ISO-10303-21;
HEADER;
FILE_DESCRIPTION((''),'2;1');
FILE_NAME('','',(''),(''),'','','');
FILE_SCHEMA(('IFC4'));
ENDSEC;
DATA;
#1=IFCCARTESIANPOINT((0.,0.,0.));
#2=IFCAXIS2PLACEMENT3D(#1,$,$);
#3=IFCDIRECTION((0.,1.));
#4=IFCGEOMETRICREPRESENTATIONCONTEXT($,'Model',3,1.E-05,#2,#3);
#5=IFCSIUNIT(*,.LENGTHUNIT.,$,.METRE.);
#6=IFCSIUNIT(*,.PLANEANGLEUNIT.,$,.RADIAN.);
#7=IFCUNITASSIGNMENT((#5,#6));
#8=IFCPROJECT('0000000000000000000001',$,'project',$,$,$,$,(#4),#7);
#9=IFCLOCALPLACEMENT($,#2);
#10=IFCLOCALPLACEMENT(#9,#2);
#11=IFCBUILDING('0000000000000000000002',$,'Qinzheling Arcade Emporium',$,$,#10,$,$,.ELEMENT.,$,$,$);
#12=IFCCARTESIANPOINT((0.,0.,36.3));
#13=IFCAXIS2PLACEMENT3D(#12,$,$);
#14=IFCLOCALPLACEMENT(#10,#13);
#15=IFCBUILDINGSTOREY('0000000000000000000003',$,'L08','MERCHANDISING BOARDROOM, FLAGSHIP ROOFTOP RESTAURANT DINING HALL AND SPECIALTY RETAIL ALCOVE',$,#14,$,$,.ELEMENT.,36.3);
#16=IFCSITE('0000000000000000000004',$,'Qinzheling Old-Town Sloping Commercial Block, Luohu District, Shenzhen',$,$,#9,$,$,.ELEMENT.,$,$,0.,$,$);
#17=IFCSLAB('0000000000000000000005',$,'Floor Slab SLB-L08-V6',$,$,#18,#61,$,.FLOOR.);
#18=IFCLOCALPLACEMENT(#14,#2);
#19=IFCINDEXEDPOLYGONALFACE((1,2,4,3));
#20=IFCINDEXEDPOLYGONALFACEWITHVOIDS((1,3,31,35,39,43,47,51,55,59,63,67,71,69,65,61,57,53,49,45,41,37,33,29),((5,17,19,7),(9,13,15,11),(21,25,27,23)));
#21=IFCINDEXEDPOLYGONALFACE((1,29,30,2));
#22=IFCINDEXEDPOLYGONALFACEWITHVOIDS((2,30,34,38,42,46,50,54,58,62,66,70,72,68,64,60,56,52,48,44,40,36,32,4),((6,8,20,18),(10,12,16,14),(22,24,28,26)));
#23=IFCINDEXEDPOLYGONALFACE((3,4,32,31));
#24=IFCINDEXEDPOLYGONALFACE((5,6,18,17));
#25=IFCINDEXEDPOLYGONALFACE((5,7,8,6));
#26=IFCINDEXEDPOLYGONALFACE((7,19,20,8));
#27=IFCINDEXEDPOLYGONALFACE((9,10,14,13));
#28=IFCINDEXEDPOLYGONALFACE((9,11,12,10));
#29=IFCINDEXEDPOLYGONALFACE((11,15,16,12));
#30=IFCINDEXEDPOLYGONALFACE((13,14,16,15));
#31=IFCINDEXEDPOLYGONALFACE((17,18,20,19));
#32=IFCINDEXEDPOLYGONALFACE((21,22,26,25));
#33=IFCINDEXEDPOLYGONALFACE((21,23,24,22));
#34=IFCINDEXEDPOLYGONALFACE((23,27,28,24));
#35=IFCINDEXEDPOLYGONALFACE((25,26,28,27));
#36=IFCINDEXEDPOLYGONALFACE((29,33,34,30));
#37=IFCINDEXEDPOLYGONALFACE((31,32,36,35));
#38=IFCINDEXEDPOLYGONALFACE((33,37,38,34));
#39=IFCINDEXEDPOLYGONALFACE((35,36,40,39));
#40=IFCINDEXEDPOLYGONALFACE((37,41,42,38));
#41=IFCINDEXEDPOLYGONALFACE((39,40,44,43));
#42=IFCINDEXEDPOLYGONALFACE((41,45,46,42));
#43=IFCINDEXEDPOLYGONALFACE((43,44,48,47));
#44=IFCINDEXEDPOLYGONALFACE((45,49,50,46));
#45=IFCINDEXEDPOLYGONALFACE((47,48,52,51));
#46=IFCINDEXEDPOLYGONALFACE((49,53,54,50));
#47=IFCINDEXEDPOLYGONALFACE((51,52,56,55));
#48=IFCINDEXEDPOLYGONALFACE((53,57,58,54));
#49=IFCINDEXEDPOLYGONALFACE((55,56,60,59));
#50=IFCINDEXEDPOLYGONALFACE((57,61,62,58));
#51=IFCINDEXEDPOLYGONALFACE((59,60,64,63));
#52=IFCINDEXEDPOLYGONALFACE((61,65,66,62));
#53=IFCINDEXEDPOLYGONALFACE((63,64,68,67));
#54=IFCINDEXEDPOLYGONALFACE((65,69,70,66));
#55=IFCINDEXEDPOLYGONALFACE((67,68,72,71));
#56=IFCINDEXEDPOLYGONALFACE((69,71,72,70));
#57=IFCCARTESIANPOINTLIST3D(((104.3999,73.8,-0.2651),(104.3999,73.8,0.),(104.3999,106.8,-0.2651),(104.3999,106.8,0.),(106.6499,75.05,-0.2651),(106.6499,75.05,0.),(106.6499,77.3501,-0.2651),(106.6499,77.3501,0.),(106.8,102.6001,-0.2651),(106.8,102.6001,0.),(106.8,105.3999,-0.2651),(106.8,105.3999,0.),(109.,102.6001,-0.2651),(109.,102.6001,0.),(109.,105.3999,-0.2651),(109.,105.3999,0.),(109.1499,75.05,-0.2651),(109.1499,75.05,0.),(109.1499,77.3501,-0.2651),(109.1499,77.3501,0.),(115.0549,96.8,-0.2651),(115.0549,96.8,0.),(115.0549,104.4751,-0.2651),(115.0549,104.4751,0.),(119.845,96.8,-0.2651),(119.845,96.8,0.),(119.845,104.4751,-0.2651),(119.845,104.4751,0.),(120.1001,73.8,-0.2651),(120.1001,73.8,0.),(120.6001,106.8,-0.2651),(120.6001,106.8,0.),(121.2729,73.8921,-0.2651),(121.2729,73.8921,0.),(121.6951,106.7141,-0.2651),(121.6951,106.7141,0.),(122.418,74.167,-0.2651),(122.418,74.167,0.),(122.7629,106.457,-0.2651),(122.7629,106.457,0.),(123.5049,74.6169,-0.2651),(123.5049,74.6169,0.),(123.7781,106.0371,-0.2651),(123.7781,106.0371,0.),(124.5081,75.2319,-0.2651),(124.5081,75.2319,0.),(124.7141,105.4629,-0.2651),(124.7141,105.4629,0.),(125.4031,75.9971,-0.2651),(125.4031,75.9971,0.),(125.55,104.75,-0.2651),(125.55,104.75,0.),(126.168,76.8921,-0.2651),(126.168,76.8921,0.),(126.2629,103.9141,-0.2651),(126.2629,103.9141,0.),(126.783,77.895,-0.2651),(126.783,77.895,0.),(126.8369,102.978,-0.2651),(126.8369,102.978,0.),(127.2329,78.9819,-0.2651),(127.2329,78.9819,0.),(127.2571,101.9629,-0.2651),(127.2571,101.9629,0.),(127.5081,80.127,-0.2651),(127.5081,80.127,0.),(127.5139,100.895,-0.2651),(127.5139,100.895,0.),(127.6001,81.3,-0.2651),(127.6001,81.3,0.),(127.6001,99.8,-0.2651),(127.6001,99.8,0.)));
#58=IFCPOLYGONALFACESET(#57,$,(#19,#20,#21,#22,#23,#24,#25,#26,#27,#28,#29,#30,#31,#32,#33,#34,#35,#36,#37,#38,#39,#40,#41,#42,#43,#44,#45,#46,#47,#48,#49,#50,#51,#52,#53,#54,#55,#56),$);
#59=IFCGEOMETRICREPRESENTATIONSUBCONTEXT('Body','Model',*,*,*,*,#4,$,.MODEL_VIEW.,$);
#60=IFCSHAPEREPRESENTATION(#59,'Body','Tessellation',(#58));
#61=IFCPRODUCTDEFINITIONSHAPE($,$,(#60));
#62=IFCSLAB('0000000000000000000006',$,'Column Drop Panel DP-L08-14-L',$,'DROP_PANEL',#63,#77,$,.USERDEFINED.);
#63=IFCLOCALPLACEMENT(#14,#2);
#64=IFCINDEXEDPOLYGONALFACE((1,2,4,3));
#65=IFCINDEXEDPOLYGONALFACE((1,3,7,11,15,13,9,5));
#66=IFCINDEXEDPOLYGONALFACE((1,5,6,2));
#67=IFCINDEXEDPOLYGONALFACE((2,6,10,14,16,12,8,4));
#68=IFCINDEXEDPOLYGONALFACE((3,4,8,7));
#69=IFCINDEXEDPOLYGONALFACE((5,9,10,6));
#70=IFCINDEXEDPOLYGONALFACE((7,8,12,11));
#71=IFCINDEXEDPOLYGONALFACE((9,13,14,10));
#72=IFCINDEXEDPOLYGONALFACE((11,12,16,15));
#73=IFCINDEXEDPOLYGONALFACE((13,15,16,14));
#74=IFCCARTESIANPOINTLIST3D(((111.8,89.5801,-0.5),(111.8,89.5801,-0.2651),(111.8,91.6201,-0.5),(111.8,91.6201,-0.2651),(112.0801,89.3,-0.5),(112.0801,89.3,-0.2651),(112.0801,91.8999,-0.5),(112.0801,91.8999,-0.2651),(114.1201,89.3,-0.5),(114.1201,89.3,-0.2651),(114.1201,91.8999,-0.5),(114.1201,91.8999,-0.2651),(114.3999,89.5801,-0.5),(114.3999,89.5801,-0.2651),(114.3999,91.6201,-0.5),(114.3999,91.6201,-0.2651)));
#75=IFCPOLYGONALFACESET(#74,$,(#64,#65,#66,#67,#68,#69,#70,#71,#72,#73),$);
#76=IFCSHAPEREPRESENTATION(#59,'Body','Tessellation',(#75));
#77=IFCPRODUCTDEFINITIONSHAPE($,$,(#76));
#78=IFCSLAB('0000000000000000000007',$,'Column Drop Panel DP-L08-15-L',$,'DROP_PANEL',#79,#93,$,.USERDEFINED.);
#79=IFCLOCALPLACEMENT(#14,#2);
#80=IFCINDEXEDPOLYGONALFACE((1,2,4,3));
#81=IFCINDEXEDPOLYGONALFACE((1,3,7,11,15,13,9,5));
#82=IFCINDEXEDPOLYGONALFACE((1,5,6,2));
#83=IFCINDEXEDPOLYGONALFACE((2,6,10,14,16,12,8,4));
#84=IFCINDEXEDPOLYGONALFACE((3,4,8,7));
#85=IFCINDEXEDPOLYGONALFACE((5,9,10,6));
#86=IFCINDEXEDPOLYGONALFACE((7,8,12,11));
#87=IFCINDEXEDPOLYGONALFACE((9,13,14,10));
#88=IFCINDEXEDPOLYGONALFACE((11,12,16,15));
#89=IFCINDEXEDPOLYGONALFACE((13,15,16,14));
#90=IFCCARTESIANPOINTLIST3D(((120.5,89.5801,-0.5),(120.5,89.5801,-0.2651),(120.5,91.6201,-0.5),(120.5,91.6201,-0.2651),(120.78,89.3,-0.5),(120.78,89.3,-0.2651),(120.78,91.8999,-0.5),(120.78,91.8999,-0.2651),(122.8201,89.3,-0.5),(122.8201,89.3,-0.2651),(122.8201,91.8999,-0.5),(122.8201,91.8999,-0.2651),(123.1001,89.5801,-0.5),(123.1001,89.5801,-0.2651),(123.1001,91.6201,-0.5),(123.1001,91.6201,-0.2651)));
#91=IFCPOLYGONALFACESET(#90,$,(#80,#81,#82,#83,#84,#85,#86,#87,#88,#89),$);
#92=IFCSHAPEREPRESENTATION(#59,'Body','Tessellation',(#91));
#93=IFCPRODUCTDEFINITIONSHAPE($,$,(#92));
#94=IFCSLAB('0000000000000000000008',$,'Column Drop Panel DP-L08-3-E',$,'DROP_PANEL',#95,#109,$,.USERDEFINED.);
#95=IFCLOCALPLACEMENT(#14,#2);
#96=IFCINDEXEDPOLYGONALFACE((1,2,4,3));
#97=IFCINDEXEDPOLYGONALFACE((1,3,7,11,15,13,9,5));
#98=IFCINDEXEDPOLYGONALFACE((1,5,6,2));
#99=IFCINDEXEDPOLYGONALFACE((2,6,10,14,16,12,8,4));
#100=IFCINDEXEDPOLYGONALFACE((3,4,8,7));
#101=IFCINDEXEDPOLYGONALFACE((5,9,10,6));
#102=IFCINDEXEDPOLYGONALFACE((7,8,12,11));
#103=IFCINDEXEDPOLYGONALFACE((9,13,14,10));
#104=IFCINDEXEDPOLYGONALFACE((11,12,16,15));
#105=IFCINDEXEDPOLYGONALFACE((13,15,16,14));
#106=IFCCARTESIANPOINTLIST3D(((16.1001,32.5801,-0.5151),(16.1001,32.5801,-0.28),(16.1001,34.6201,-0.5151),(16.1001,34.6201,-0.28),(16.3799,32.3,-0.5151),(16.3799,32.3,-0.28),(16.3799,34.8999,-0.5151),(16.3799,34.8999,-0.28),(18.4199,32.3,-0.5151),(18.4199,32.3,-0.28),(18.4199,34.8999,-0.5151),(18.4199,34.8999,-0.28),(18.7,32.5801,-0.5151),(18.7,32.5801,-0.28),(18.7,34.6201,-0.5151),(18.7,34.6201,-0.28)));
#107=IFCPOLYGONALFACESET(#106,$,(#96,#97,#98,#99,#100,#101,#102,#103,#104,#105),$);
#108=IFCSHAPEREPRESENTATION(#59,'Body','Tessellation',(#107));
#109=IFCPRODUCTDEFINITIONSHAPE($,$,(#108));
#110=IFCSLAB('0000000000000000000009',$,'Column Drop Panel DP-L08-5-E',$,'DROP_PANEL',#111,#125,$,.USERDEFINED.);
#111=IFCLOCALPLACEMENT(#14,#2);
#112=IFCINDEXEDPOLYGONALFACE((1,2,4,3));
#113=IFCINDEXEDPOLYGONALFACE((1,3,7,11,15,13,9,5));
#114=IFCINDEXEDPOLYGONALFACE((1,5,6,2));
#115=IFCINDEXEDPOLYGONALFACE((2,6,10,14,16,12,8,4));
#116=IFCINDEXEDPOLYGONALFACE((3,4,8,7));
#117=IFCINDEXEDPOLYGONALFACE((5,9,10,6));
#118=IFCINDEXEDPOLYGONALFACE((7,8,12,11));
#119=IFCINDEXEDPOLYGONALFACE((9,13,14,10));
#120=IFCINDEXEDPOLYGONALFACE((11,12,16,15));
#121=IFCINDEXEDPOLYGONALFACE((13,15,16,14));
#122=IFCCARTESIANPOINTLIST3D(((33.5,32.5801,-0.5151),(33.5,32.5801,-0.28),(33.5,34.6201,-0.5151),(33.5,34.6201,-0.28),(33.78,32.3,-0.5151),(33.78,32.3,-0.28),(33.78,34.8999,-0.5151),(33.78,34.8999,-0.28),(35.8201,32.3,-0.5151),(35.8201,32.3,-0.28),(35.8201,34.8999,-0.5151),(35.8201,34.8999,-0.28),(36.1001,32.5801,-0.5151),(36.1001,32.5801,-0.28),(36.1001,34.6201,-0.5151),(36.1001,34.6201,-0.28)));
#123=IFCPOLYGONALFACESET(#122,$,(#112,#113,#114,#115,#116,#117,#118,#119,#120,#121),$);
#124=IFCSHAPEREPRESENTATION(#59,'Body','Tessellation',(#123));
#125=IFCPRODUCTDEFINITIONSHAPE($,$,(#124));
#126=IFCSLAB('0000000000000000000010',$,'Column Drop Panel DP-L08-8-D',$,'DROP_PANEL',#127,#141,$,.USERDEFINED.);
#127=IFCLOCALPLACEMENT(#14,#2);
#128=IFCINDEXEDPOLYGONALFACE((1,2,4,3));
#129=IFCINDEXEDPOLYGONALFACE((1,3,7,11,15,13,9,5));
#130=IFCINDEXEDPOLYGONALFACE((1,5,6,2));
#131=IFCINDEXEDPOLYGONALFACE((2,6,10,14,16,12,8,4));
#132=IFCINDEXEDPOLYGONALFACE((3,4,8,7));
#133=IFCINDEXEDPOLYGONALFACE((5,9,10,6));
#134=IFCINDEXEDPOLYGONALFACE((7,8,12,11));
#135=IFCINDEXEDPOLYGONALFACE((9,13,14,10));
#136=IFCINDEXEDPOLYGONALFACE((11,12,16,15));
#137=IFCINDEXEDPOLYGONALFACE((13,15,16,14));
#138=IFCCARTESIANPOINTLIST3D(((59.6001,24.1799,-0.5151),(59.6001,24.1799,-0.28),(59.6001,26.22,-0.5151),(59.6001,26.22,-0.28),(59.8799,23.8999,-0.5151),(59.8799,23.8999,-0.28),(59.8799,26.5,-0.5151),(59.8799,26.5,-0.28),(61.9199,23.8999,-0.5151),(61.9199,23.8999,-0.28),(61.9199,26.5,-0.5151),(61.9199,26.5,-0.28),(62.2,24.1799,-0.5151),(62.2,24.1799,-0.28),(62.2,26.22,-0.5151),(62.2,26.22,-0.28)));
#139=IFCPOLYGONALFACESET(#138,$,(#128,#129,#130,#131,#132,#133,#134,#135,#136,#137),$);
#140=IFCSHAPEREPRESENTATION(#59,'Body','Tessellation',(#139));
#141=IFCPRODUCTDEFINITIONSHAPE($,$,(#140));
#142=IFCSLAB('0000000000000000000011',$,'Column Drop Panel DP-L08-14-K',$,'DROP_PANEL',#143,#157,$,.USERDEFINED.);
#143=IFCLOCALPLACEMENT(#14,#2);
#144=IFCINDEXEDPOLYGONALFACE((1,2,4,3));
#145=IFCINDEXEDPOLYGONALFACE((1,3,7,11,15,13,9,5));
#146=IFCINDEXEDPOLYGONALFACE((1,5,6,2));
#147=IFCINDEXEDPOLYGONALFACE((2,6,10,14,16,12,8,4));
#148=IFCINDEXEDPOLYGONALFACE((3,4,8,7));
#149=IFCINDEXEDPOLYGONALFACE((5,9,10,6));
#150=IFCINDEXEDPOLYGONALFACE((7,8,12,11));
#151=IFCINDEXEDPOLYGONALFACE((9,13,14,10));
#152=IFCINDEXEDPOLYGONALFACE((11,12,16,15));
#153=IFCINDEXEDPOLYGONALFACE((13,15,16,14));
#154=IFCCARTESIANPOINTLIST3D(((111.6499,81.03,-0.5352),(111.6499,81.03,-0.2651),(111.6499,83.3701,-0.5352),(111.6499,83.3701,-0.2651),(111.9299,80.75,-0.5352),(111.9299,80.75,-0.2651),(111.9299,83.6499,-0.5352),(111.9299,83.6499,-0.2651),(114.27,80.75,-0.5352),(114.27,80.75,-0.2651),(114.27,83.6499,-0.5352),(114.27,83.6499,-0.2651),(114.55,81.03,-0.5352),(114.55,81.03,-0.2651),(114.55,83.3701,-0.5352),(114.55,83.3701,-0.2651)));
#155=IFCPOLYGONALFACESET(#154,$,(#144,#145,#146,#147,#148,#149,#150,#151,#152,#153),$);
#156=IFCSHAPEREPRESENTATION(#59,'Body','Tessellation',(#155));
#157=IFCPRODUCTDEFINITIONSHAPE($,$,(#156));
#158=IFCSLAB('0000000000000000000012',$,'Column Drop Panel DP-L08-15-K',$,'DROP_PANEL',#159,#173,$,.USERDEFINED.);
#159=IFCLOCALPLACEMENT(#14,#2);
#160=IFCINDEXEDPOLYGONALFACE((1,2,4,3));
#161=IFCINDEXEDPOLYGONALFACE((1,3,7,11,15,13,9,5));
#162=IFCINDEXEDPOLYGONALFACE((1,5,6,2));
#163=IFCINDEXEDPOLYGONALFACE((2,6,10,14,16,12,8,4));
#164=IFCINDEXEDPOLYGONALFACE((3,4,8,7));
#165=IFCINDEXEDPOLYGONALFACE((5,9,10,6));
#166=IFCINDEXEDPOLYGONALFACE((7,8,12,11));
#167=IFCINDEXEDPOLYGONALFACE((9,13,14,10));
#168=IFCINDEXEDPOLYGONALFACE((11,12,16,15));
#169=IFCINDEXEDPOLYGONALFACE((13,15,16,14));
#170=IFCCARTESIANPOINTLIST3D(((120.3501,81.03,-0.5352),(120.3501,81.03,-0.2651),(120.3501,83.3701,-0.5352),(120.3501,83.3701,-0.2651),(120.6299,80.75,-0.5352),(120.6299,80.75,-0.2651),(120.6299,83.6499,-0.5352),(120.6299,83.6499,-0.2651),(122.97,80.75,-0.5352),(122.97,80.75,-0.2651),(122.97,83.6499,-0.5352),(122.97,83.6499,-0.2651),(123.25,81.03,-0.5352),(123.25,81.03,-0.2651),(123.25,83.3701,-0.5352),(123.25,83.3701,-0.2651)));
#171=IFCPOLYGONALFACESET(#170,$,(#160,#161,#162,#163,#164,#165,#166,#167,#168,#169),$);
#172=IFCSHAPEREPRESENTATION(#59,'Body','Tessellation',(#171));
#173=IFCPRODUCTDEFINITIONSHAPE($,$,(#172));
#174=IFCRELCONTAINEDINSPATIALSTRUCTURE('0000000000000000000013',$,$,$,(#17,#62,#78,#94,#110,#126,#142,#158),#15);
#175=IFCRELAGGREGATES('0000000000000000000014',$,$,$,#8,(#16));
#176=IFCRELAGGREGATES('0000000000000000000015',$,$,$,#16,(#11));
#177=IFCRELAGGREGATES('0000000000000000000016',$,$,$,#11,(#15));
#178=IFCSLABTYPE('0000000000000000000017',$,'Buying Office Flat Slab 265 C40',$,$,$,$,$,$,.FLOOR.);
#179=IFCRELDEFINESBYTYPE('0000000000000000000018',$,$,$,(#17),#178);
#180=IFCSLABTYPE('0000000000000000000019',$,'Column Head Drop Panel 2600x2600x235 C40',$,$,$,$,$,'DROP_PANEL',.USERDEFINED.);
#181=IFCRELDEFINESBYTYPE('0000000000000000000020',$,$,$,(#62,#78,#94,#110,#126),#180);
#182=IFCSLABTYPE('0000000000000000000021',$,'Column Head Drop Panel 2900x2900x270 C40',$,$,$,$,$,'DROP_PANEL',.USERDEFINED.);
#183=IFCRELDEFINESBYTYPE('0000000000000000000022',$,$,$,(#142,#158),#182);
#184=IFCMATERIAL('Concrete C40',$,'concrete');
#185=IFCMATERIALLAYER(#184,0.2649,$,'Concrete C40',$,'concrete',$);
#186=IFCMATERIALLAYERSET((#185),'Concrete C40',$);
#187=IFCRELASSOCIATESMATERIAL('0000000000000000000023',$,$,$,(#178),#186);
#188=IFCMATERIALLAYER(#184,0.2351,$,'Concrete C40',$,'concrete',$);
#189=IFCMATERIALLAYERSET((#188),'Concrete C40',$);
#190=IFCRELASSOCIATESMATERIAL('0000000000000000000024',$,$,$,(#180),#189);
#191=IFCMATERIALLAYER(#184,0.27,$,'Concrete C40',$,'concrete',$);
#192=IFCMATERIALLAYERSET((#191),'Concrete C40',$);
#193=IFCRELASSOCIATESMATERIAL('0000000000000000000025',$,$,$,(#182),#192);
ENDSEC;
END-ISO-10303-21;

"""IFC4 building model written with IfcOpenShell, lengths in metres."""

from ifc_helpers import new_model, si_unit, direction, frame, origin, place, context, subcontext, project, spatial, polyline, outline, extrude, material, layer, layer_set, type_object, element, save


model = new_model("IFC4")

# Units and contexts
model_context = context("Model", 3, precision=1e-05, world=origin(), true_north=direction((0.0, 1.0)))
body_context = subcontext(model_context, "Body", "Model", "MODEL_VIEW")
ifc_project = project(units=[si_unit("LENGTHUNIT", "METRE"), si_unit("PLANEANGLEUNIT", "RADIAN")], contexts=[model_context])

# Site, building, storey
site_placement = place(None, origin())
site = spatial("IfcSite", under=ifc_project, at=site_placement, Name="Qinzheling Old-Town Sloping Commercial Block, Luohu District, Shenzhen", CompositionType="ELEMENT", RefElevation=0.0)
building_placement = place(site_placement, origin())
building = spatial("IfcBuilding", under=site, at=building_placement, Name="Qinzheling Arcade Emporium", CompositionType="ELEMENT")
storey_placement = place(building_placement, frame((0.0, 0.0, 36.3)))
storey = spatial("IfcBuildingStorey", under=building, at=storey_placement, Name="L08", Description="MERCHANDISING BOARDROOM, FLAGSHIP ROOFTOP RESTAURANT DINING HALL AND SPECIALTY RETAIL ALCOVE", CompositionType="ELEMENT", Elevation=36.3)

# Slabs
ifc_material_1 = material(Name="Concrete C40", Category="concrete")
ifc_layer_1 = layer(ifc_material_1, 0.2649, Name="Concrete C40", Category="concrete")
ifc_layer_set_1 = layer_set([ifc_layer_1], Name="Concrete C40")
slab_type_1 = type_object("IfcSlabType", Name="Buying Office Flat Slab 265 C40", PredefinedType="FLOOR", material=ifc_layer_set_1)
slab_1_placement = place(storey_placement, frame((0.0, 0.0, -0.2651)))
element("IfcSlab", 1, at=slab_1_placement, inside=storey, type_object=slab_type_1, Name="Floor Slab SLB-L08-V6", PredefinedType="FLOOR", context=body_context, shape_type="SweptSolid", body=[
    extrude(outline(polyline([(104.3999, 106.8), (104.3999, 73.8), (120.1001, 73.8), (121.2729, 73.8921), (122.418, 74.167), (123.5049, 74.6169), (124.5081, 75.2319), (125.4031, 75.9971), (126.168, 76.8921), (126.783, 77.895), (127.2329, 78.9819), (127.5081, 80.127), (127.6001, 81.3), (127.6001, 99.8), (127.5139, 100.895), (127.2571, 101.9629), (126.8369, 102.978), (126.2629, 103.9141), (125.55, 104.75), (124.7141, 105.4629), (123.7781, 106.0371), (122.7629, 106.457), (121.6951, 106.7141), (120.6001, 106.8), (104.3999, 106.8)]), holes=[polyline([(119.845, 96.8), (115.0549, 96.8), (115.0549, 104.4751), (119.845, 104.4751), (119.845, 96.8)]), polyline([(109.1499, 77.3501), (109.1499, 75.05), (106.6499, 75.05), (106.6499, 77.3501), (109.1499, 77.3501)]), polyline([(109.0, 102.6001), (106.8, 102.6001), (106.8, 105.3999), (109.0, 105.3999), (109.0, 102.6001)])]), origin(), (0.0, 0.0, 1.0), 0.2651),
])
ifc_layer_2 = layer(ifc_material_1, 0.2351, Name="Concrete C40", Category="concrete")
ifc_layer_set_2 = layer_set([ifc_layer_2], Name="Concrete C40")
slab_type_2 = type_object("IfcSlabType", Name="Column Head Drop Panel 2600x2600x235 C40", ElementType="DROP_PANEL", PredefinedType="USERDEFINED", material=ifc_layer_set_2)
slab_2_placement = place(storey_placement, frame((0.0, 0.0, -0.5)))
element("IfcSlab", 2, at=slab_2_placement, inside=storey, type_object=slab_type_2, Name="Column Drop Panel DP-L08-14-L", ObjectType="DROP_PANEL", PredefinedType="USERDEFINED", context=body_context, shape_type="SweptSolid", body=[
    extrude(outline(polyline([(112.0801, 89.3), (114.1201, 89.3), (114.3999, 89.5801), (114.3999, 91.6201), (114.1201, 91.8999), (112.0801, 91.8999), (111.8, 91.6201), (111.8, 89.5801), (112.0801, 89.3)])), origin(), (0.0, 0.0, 1.0), 0.2349),
])
slab_3_placement = place(storey_placement, frame((0.0, 0.0, -0.5)))
element("IfcSlab", 3, at=slab_3_placement, inside=storey, type_object=slab_type_2, Name="Column Drop Panel DP-L08-15-L", ObjectType="DROP_PANEL", PredefinedType="USERDEFINED", context=body_context, shape_type="SweptSolid", body=[
    extrude(outline(polyline([(120.78, 89.3), (122.8201, 89.3), (123.1001, 89.5801), (123.1001, 91.6201), (122.8201, 91.8999), (120.78, 91.8999), (120.5, 91.6201), (120.5, 89.5801), (120.78, 89.3)])), origin(), (0.0, 0.0, 1.0), 0.2349),
])
slab_4_placement = place(storey_placement, frame((0.0, 0.0, -0.5151)))
element("IfcSlab", 4, at=slab_4_placement, inside=storey, type_object=slab_type_2, Name="Column Drop Panel DP-L08-3-E", ObjectType="DROP_PANEL", PredefinedType="USERDEFINED", context=body_context, shape_type="SweptSolid", body=[
    extrude(outline(polyline([(16.3799, 32.3), (18.4199, 32.3), (18.7, 32.5801), (18.7, 34.6201), (18.4199, 34.8999), (16.3799, 34.8999), (16.1001, 34.6201), (16.1001, 32.5801), (16.3799, 32.3)])), origin(), (0.0, 0.0, 1.0), 0.2351),
])
slab_5_placement = place(storey_placement, frame((0.0, 0.0, -0.5151)))
element("IfcSlab", 5, at=slab_5_placement, inside=storey, type_object=slab_type_2, Name="Column Drop Panel DP-L08-5-E", ObjectType="DROP_PANEL", PredefinedType="USERDEFINED", context=body_context, shape_type="SweptSolid", body=[
    extrude(outline(polyline([(33.78, 32.3), (35.8201, 32.3), (36.1001, 32.5801), (36.1001, 34.6201), (35.8201, 34.8999), (33.78, 34.8999), (33.5, 34.6201), (33.5, 32.5801), (33.78, 32.3)])), origin(), (0.0, 0.0, 1.0), 0.2351),
])
slab_6_placement = place(storey_placement, frame((0.0, 0.0, -0.5151)))
element("IfcSlab", 6, at=slab_6_placement, inside=storey, type_object=slab_type_2, Name="Column Drop Panel DP-L08-8-D", ObjectType="DROP_PANEL", PredefinedType="USERDEFINED", context=body_context, shape_type="SweptSolid", body=[
    extrude(outline(polyline([(59.8799, 23.8999), (61.9199, 23.8999), (62.2, 24.1799), (62.2, 26.22), (61.9199, 26.5), (59.8799, 26.5), (59.6001, 26.22), (59.6001, 24.1799), (59.8799, 23.8999)])), origin(), (0.0, 0.0, 1.0), 0.2351),
])
ifc_layer_3 = layer(ifc_material_1, 0.27, Name="Concrete C40", Category="concrete")
ifc_layer_set_3 = layer_set([ifc_layer_3], Name="Concrete C40")
slab_type_3 = type_object("IfcSlabType", Name="Column Head Drop Panel 2900x2900x270 C40", ElementType="DROP_PANEL", PredefinedType="USERDEFINED", material=ifc_layer_set_3)
slab_7_placement = place(storey_placement, frame((0.0, 0.0, -0.5352)))
element("IfcSlab", 7, at=slab_7_placement, inside=storey, type_object=slab_type_3, Name="Column Drop Panel DP-L08-14-K", ObjectType="DROP_PANEL", PredefinedType="USERDEFINED", context=body_context, shape_type="SweptSolid", body=[
    extrude(outline(polyline([(111.9299, 80.75), (114.27, 80.75), (114.55, 81.03), (114.55, 83.3701), (114.27, 83.6499), (111.9299, 83.6499), (111.6499, 83.3701), (111.6499, 81.03), (111.9299, 80.75)])), origin(), (0.0, 0.0, 1.0), 0.27),
])
slab_8_placement = place(storey_placement, frame((0.0, 0.0, -0.5352)))
element("IfcSlab", 8, at=slab_8_placement, inside=storey, type_object=slab_type_3, Name="Column Drop Panel DP-L08-15-K", ObjectType="DROP_PANEL", PredefinedType="USERDEFINED", context=body_context, shape_type="SweptSolid", body=[
    extrude(outline(polyline([(120.6299, 80.75), (122.97, 80.75), (123.25, 81.03), (123.25, 83.3701), (122.97, 83.6499), (120.6299, 83.6499), (120.3501, 83.3701), (120.3501, 81.03), (120.6299, 80.75)])), origin(), (0.0, 0.0, 1.0), 0.27),
])

save(model, "model.ifc")
